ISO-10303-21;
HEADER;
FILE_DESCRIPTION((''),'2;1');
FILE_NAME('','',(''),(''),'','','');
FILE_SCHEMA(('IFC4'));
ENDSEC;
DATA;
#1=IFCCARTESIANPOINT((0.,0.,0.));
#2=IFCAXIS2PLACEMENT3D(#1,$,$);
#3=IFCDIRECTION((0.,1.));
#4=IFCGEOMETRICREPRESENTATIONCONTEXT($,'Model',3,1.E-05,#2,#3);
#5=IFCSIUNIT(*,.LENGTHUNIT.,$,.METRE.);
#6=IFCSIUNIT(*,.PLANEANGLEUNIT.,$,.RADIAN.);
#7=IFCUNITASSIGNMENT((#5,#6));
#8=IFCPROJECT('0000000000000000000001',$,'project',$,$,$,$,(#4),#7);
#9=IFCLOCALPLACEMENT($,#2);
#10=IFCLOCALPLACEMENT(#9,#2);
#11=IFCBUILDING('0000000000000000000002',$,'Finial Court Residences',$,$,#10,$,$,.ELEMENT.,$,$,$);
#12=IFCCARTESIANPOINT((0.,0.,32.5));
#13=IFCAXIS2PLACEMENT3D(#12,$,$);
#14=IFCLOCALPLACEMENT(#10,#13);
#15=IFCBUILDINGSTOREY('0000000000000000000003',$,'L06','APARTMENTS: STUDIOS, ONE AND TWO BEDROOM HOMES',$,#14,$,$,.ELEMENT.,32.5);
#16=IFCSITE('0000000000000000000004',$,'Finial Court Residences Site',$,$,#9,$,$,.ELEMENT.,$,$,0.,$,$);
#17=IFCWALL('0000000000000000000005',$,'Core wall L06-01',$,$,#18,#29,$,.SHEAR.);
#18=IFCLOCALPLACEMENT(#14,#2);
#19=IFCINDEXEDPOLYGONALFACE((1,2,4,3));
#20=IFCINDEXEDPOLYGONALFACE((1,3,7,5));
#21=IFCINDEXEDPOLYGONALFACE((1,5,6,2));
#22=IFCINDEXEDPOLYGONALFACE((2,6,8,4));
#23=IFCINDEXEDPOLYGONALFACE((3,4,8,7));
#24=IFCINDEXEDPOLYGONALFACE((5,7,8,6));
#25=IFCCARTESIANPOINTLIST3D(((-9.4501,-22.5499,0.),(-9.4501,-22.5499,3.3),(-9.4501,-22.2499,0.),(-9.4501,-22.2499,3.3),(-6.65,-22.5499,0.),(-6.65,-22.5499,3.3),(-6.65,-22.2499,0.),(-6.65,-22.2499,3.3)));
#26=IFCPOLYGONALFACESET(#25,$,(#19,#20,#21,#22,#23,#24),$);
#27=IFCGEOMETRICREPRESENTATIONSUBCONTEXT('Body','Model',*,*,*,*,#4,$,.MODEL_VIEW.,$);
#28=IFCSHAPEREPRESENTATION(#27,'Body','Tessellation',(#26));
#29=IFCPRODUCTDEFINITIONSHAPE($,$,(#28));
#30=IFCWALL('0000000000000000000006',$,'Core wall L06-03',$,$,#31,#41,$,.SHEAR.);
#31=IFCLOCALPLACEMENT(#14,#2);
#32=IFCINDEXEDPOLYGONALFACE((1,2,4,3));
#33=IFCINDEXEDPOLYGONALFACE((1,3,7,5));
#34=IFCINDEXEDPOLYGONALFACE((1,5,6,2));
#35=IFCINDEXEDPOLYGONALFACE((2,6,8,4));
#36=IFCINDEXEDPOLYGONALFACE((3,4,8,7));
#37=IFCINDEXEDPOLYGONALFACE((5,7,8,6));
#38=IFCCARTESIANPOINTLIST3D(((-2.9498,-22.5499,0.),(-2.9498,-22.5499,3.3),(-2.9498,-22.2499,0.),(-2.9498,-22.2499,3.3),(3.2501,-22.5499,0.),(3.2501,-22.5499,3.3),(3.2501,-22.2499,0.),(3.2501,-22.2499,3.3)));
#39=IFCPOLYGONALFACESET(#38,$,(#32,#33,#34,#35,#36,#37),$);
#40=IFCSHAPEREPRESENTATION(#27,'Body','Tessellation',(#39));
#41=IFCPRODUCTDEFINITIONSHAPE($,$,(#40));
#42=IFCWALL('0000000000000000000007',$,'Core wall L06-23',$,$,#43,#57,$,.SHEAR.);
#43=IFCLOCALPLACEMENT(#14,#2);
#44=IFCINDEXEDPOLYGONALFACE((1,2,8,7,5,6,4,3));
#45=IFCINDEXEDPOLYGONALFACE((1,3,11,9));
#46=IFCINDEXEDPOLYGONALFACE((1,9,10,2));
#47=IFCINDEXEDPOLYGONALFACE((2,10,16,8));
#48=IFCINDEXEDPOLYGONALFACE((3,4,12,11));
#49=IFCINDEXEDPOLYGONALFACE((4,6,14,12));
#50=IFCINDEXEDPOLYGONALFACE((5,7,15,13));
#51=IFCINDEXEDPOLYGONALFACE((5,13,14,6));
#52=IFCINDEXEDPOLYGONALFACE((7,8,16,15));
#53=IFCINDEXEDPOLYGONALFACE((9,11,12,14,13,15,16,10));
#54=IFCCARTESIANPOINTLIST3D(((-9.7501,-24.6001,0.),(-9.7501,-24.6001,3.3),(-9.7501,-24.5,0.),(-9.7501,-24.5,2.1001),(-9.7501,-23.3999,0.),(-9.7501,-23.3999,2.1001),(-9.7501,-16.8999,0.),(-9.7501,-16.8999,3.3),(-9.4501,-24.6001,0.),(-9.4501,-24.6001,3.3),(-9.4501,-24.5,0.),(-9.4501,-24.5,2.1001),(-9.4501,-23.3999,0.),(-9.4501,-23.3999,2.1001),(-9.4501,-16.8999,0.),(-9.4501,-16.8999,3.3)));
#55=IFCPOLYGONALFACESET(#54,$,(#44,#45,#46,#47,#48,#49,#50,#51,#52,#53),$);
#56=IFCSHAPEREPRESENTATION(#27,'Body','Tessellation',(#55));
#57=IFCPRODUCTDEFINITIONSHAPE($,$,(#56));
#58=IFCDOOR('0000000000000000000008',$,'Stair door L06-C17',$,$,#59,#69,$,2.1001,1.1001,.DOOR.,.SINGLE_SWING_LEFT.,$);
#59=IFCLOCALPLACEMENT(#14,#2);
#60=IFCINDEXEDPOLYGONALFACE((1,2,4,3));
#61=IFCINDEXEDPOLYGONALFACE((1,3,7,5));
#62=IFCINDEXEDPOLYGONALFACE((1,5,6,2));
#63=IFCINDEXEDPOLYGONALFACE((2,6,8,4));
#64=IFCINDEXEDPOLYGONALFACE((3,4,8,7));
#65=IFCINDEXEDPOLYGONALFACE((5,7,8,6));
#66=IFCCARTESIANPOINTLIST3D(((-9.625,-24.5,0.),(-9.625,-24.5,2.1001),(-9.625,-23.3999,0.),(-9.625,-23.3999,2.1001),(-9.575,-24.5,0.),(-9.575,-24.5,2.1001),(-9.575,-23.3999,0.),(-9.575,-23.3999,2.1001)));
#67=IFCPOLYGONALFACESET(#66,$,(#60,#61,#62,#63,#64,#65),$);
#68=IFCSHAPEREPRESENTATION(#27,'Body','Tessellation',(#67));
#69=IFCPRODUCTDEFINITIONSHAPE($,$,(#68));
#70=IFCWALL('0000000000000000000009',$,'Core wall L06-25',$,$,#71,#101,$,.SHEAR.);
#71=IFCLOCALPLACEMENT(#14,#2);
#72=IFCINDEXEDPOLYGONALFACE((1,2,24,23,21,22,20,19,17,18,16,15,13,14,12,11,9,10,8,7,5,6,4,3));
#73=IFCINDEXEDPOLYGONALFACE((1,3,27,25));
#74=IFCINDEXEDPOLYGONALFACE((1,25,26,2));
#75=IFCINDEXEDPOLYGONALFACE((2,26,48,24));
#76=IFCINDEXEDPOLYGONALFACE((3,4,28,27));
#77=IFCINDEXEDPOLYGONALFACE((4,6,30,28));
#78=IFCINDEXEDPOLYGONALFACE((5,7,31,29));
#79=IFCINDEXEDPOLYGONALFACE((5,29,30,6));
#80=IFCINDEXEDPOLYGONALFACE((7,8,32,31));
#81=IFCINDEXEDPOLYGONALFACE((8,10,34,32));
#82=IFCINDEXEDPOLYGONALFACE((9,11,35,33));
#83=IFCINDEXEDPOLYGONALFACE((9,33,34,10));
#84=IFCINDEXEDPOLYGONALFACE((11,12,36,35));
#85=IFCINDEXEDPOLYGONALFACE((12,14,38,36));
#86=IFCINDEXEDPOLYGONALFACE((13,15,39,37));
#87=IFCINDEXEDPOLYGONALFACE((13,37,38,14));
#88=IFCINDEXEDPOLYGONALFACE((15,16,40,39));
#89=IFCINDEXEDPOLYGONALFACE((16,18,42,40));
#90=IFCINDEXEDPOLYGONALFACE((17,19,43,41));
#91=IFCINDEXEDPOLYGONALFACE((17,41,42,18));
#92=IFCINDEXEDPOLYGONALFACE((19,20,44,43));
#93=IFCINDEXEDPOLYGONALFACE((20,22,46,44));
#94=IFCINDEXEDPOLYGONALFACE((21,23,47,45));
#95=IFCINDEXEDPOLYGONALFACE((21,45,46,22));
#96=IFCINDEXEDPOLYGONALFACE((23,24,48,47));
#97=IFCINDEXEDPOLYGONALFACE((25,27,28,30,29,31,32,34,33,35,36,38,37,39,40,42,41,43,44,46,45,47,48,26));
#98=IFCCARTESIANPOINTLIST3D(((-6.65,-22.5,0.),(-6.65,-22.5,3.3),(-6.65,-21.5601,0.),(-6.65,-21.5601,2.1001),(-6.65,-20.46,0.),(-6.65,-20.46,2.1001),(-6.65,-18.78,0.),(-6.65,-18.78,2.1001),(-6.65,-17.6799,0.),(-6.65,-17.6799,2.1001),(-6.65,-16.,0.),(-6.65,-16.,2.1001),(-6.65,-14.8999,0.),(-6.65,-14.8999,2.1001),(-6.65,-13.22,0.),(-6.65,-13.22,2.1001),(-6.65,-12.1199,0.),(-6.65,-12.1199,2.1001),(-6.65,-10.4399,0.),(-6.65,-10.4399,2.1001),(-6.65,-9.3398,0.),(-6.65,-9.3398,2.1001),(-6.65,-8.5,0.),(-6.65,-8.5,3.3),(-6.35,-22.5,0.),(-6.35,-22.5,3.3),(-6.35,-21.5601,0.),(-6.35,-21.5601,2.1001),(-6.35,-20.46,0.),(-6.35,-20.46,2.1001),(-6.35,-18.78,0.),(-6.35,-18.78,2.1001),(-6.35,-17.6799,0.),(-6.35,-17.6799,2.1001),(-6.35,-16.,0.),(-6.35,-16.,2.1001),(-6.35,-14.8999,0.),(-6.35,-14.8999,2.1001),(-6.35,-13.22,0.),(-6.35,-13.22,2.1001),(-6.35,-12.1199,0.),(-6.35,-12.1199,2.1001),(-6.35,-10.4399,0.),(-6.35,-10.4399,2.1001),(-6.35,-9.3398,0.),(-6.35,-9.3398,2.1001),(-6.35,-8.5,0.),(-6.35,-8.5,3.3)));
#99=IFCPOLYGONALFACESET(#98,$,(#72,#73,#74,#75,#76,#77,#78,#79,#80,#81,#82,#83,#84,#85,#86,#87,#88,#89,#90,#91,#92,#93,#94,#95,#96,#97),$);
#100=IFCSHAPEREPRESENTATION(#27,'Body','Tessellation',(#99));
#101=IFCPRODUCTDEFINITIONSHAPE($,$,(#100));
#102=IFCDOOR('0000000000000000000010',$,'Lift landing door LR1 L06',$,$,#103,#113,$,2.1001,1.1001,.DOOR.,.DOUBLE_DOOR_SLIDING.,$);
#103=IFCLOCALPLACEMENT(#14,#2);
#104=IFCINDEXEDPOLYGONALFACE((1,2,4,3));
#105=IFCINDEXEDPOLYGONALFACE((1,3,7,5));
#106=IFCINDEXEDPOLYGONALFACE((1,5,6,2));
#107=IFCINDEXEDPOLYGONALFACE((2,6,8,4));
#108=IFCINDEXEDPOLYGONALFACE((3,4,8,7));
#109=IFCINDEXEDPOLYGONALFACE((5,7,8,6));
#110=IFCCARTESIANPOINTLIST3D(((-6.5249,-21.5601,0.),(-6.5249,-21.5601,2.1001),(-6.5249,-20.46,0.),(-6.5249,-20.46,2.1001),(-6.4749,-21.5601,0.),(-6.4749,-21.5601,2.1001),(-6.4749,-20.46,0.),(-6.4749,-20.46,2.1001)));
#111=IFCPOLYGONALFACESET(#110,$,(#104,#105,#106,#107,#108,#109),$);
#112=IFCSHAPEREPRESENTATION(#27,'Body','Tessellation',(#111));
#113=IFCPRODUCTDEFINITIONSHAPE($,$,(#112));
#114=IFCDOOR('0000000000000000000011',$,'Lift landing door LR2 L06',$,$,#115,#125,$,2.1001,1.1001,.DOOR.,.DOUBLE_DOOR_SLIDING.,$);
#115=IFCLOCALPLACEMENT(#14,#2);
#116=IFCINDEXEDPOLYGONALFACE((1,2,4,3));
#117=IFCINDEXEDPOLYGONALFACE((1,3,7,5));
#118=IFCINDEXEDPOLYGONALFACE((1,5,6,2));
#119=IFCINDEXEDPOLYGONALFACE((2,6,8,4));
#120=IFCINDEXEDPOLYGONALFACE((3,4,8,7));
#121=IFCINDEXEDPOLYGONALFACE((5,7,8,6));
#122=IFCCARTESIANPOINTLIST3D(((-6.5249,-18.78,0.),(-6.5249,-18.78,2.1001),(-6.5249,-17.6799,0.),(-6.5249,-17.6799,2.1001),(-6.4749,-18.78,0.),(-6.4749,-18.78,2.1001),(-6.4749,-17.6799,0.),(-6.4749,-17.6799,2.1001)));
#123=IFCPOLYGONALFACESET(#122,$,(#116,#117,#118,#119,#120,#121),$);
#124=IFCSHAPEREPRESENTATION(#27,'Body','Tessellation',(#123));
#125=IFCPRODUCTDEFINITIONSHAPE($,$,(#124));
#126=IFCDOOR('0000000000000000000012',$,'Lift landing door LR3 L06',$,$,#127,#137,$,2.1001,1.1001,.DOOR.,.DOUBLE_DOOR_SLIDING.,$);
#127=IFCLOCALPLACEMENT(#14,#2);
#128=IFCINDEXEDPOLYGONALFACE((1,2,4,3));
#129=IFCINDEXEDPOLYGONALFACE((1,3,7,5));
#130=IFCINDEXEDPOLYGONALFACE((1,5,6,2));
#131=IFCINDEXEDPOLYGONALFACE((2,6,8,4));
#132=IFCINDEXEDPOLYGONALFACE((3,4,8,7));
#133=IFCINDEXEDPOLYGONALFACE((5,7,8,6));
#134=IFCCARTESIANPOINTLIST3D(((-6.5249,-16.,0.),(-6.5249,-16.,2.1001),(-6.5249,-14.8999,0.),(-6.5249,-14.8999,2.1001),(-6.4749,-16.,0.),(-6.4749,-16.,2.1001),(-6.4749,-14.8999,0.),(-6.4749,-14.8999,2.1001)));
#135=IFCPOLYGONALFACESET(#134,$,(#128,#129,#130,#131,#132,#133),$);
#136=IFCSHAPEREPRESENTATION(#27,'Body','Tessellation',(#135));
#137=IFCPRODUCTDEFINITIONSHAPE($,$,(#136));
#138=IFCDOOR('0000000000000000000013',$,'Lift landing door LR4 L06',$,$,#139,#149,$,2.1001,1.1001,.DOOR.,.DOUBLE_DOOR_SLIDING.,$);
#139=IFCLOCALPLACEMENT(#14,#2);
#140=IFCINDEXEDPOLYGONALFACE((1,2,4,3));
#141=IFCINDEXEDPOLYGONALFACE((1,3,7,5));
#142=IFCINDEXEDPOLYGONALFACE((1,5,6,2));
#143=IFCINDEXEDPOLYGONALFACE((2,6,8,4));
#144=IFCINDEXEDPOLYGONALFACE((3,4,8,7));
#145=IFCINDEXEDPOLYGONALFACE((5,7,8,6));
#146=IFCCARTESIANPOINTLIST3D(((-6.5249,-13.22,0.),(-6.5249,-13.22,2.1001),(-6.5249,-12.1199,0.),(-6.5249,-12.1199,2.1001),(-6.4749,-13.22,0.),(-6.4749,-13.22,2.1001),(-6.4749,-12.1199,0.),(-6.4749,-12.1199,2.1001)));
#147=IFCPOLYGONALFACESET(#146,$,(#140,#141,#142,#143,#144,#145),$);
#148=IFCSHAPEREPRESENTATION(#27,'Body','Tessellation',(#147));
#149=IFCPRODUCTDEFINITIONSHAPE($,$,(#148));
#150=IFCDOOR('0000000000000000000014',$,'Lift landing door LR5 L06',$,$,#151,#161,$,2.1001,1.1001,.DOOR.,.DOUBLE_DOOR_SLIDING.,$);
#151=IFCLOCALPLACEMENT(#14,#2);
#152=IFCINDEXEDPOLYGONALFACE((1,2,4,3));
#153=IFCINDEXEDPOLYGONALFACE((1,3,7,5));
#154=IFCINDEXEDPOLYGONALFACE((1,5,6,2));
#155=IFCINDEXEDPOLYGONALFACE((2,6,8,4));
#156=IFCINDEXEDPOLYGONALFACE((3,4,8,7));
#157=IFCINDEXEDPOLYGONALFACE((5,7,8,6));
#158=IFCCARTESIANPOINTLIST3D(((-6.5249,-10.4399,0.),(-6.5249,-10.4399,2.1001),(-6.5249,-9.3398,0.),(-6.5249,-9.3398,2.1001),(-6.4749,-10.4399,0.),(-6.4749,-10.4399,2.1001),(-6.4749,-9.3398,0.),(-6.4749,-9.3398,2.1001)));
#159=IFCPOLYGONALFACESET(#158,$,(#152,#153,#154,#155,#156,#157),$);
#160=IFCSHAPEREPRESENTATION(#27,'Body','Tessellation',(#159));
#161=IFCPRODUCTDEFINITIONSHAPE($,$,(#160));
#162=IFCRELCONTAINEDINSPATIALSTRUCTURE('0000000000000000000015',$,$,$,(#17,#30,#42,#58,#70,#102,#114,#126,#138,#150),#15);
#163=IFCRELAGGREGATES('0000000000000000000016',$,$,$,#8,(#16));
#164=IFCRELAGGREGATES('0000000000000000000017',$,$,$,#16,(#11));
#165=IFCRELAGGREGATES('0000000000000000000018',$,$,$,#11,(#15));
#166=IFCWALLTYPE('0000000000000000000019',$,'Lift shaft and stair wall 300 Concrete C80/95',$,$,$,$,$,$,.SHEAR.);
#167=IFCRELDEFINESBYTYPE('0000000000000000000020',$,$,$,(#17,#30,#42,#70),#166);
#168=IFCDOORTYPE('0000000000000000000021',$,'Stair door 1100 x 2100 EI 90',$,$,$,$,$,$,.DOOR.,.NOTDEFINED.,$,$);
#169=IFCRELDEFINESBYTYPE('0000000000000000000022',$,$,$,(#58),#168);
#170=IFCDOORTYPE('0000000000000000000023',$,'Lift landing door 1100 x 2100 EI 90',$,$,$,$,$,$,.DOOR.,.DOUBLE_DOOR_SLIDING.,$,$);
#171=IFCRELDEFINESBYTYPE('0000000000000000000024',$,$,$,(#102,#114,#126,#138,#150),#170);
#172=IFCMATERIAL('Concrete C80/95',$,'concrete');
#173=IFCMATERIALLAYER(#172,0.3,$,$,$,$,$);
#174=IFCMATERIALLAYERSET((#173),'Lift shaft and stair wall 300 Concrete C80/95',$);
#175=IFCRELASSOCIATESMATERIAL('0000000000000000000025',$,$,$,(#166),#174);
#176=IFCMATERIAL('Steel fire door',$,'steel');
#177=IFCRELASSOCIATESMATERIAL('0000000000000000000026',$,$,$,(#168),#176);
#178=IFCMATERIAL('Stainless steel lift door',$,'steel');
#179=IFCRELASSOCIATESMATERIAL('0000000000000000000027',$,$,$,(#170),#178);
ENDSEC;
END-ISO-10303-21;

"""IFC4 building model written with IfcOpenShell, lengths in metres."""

from ifc_helpers import new_model, si_unit, direction, frame, frame_2d, origin, place, context, subcontext, project, spatial, rectangle, extrude, material, layer, layer_set, type_object, element, fill, save


model = new_model("IFC4")

# Units and contexts
model_context = context("Model", 3, precision=1e-05, world=origin(), true_north=direction((0.0, 1.0)))
body_context = subcontext(model_context, "Body", "Model", "MODEL_VIEW")
ifc_project = project(units=[si_unit("LENGTHUNIT", "METRE"), si_unit("PLANEANGLEUNIT", "RADIAN")], contexts=[model_context])

# Site, building, storey
site_placement = place(None, origin())
site = spatial("IfcSite", under=ifc_project, at=site_placement, Name="Finial Court Residences Site", CompositionType="ELEMENT", RefElevation=0.0)
building_placement = place(site_placement, origin())
building = spatial("IfcBuilding", under=site, at=building_placement, Name="Finial Court Residences", CompositionType="ELEMENT")
storey_placement = place(building_placement, frame((0.0, 0.0, 32.5)))
storey = spatial("IfcBuildingStorey", under=building, at=storey_placement, Name="L06", Description="APARTMENTS: STUDIOS, ONE AND TWO BEDROOM HOMES", CompositionType="ELEMENT", Elevation=32.5)

# Walls
ifc_material_1 = material(Name="Concrete C80/95", Category="concrete")
ifc_layer_1 = layer(ifc_material_1, 0.3)
ifc_layer_set_1 = layer_set([ifc_layer_1], Name="Lift shaft and stair wall 300 Concrete C80/95")
wall_type_1 = type_object("IfcWallType", Name="Lift shaft and stair wall 300 Concrete C80/95", PredefinedType="SHEAR", material=ifc_layer_set_1)
wall_1_placement = place(storey_placement, frame((-9.45, -22.3999, 0.0), z_axis=(0.0, 0.0, 1.0), x_axis=(1.0, 0.0, 0.0)))
element("IfcWall", 1, at=wall_1_placement, inside=storey, type_object=wall_type_1, Name="Core wall L06-01", PredefinedType="SHEAR", context=body_context, shape_type="SweptSolid", body=[
    extrude(rectangle(XDim=2.8, YDim=0.3, at=frame_2d((1.3999, 0.0))), origin(), (0.0, 0.0, 1.0), 3.3),
])
wall_2_placement = place(storey_placement, frame((-2.95, -22.3999, 0.0), z_axis=(0.0, 0.0, 1.0), x_axis=(1.0, 0.0, 0.0)))
element("IfcWall", 2, at=wall_2_placement, inside=storey, type_object=wall_type_1, Name="Core wall L06-03", PredefinedType="SHEAR", context=body_context, shape_type="SweptSolid", body=[
    extrude(rectangle(XDim=6.2, YDim=0.3, at=frame_2d((3.1001, 0.0))), origin(), (0.0, 0.0, 1.0), 3.3),
])

# Wall, opening, door
wall_3_placement = place(storey_placement, frame((-9.6001, -24.6001, 0.0), z_axis=(0.0, 0.0, 1.0), x_axis=(0.0, 1.0, 0.0)))
wall_3 = element("IfcWall", 3, at=wall_3_placement, inside=storey, type_object=wall_type_1, Name="Core wall L06-23", PredefinedType="SHEAR", context=body_context, shape_type="SweptSolid", body=[
    extrude(rectangle(XDim=7.7002, YDim=0.3, at=frame_2d((3.8501, 0.0))), origin(), (0.0, 0.0, 1.0), 3.3),
])
opening_1_placement = place(wall_3_placement, frame((0.1001, 0.0, 0.0)))
opening_1 = element("IfcOpeningElement", 4, at=opening_1_placement, cuts=wall_3, PredefinedType="OPENING", context=body_context, shape_type="SweptSolid", body=[
    extrude(rectangle(XDim=1.1001, YDim=2.1001, at=frame_2d((0.55, 1.05))), frame((0.0, 0.1599, 0.0), z_axis=(0.0, -1.0, 0.0), x_axis=(1.0, 0.0, 0.0)), (0.0, 0.0, 1.0), 0.3201),
])
ifc_material_2 = material(Name="Steel fire door", Category="steel")
door_type_1 = type_object("IfcDoorType", Name="Stair door 1100 x 2100 EI 90", OperationType="NOTDEFINED", PredefinedType="DOOR", material=ifc_material_2)
door_1_placement = place(opening_1_placement, origin())
door_1 = element("IfcDoor", 5, at=door_1_placement, inside=storey, type_object=door_type_1, Name="Stair door L06-C17", OperationType="SINGLE_SWING_LEFT", OverallHeight=2.1001, OverallWidth=1.1001, PredefinedType="DOOR", context=body_context, shape_type="SweptSolid", body=[
    extrude(rectangle(XDim=1.1001, YDim=2.1001, at=frame_2d((0.55, 1.05))), frame((0.0, 0.0249, 0.0), z_axis=(0.0, -1.0, 0.0), x_axis=(1.0, 0.0, 0.0)), (0.0, 0.0, 1.0), 0.05),
])
fill(opening_1, door_1)

# Wall, openings, doors
wall_4_placement = place(storey_placement, frame((-6.5, -22.5, 0.0), z_axis=(0.0, 0.0, 1.0), x_axis=(0.0, 1.0, 0.0)))
wall_4 = element("IfcWall", 6, at=wall_4_placement, inside=storey, type_object=wall_type_1, Name="Core wall L06-25", PredefinedType="SHEAR", context=body_context, shape_type="SweptSolid", body=[
    extrude(rectangle(XDim=14.0, YDim=0.3, at=frame_2d((7.0, 0.0))), origin(), (0.0, 0.0, 1.0), 3.3),
])
opening_2_placement = place(wall_4_placement, frame((0.9399, 0.0, 0.0)))
opening_2 = element("IfcOpeningElement", 7, at=opening_2_placement, cuts=wall_4, PredefinedType="OPENING", context=body_context, shape_type="SweptSolid", body=[
    extrude(rectangle(XDim=1.1001, YDim=2.1001, at=frame_2d((0.55, 1.05))), frame((0.0, 0.1599, 0.0), z_axis=(0.0, -1.0, 0.0), x_axis=(1.0, 0.0, 0.0)), (0.0, 0.0, 1.0), 0.3201),
])
opening_3_placement = place(wall_4_placement, frame((3.72, 0.0, 0.0)))
opening_3 = element("IfcOpeningElement", 8, at=opening_3_placement, cuts=wall_4, PredefinedType="OPENING", context=body_context, shape_type="SweptSolid", body=[
    extrude(rectangle(XDim=1.1001, YDim=2.1001, at=frame_2d((0.55, 1.05))), frame((0.0, 0.1599, 0.0), z_axis=(0.0, -1.0, 0.0), x_axis=(1.0, 0.0, 0.0)), (0.0, 0.0, 1.0), 0.3201),
])
opening_4_placement = place(wall_4_placement, frame((6.5, 0.0, 0.0)))
opening_4 = element("IfcOpeningElement", 9, at=opening_4_placement, cuts=wall_4, PredefinedType="OPENING", context=body_context, shape_type="SweptSolid", body=[
    extrude(rectangle(XDim=1.1001, YDim=2.1001, at=frame_2d((0.55, 1.05))), frame((0.0, 0.1599, 0.0), z_axis=(0.0, -1.0, 0.0), x_axis=(1.0, 0.0, 0.0)), (0.0, 0.0, 1.0), 0.3201),
])
opening_5_placement = place(wall_4_placement, frame((9.28, 0.0, 0.0)))
opening_5 = element("IfcOpeningElement", 10, at=opening_5_placement, cuts=wall_4, PredefinedType="OPENING", context=body_context, shape_type="SweptSolid", body=[
    extrude(rectangle(XDim=1.1001, YDim=2.1001, at=frame_2d((0.55, 1.05))), frame((0.0, 0.1599, 0.0), z_axis=(0.0, -1.0, 0.0), x_axis=(1.0, 0.0, 0.0)), (0.0, 0.0, 1.0), 0.3201),
])
opening_6_placement = place(wall_4_placement, frame((12.0601, 0.0, 0.0)))
opening_6 = element("IfcOpeningElement", 11, at=opening_6_placement, cuts=wall_4, PredefinedType="OPENING", context=body_context, shape_type="SweptSolid", body=[
    extrude(rectangle(XDim=1.1001, YDim=2.1001, at=frame_2d((0.55, 1.05))), frame((0.0, 0.1599, 0.0), z_axis=(0.0, -1.0, 0.0), x_axis=(1.0, 0.0, 0.0)), (0.0, 0.0, 1.0), 0.3201),
])
ifc_material_3 = material(Name="Stainless steel lift door", Category="steel")
door_type_2 = type_object("IfcDoorType", Name="Lift landing door 1100 x 2100 EI 90", OperationType="DOUBLE_DOOR_SLIDING", PredefinedType="DOOR", material=ifc_material_3)
door_2_placement = place(opening_2_placement, origin())
door_2 = element("IfcDoor", 12, at=door_2_placement, inside=storey, type_object=door_type_2, Name="Lift landing door LR1 L06", OperationType="DOUBLE_DOOR_SLIDING", OverallHeight=2.1001, OverallWidth=1.1001, PredefinedType="DOOR", context=body_context, shape_type="SweptSolid", body=[
    extrude(rectangle(XDim=1.1001, YDim=2.1001, at=frame_2d((0.55, 1.05))), frame((0.0, 0.0249, 0.0), z_axis=(0.0, -1.0, 0.0), x_axis=(1.0, 0.0, 0.0)), (0.0, 0.0, 1.0), 0.05),
])
fill(opening_2, door_2)
door_3_placement = place(opening_3_placement, origin())
door_3 = element("IfcDoor", 13, at=door_3_placement, inside=storey, type_object=door_type_2, Name="Lift landing door LR2 L06", OperationType="DOUBLE_DOOR_SLIDING", OverallHeight=2.1001, OverallWidth=1.1001, PredefinedType="DOOR", context=body_context, shape_type="SweptSolid", body=[
    extrude(rectangle(XDim=1.1001, YDim=2.1001, at=frame_2d((0.55, 1.05))), frame((0.0, 0.0249, 0.0), z_axis=(0.0, -1.0, 0.0), x_axis=(1.0, 0.0, 0.0)), (0.0, 0.0, 1.0), 0.05),
])
fill(opening_3, door_3)
door_4_placement = place(opening_4_placement, origin())
door_4 = element("IfcDoor", 14, at=door_4_placement, inside=storey, type_object=door_type_2, Name="Lift landing door LR3 L06", OperationType="DOUBLE_DOOR_SLIDING", OverallHeight=2.1001, OverallWidth=1.1001, PredefinedType="DOOR", context=body_context, shape_type="SweptSolid", body=[
    extrude(rectangle(XDim=1.1001, YDim=2.1001, at=frame_2d((0.55, 1.05))), frame((0.0, 0.0249, 0.0), z_axis=(0.0, -1.0, 0.0), x_axis=(1.0, 0.0, 0.0)), (0.0, 0.0, 1.0), 0.05),
])
fill(opening_4, door_4)
door_5_placement = place(opening_5_placement, origin())
door_5 = element("IfcDoor", 15, at=door_5_placement, inside=storey, type_object=door_type_2, Name="Lift landing door LR4 L06", OperationType="DOUBLE_DOOR_SLIDING", OverallHeight=2.1001, OverallWidth=1.1001, PredefinedType="DOOR", context=body_context, shape_type="SweptSolid", body=[
    extrude(rectangle(XDim=1.1001, YDim=2.1001, at=frame_2d((0.55, 1.05))), frame((0.0, 0.0249, 0.0), z_axis=(0.0, -1.0, 0.0), x_axis=(1.0, 0.0, 0.0)), (0.0, 0.0, 1.0), 0.05),
])
fill(opening_5, door_5)
door_6_placement = place(opening_6_placement, origin())
door_6 = element("IfcDoor", 16, at=door_6_placement, inside=storey, type_object=door_type_2, Name="Lift landing door LR5 L06", OperationType="DOUBLE_DOOR_SLIDING", OverallHeight=2.1001, OverallWidth=1.1001, PredefinedType="DOOR", context=body_context, shape_type="SweptSolid", body=[
    extrude(rectangle(XDim=1.1001, YDim=2.1001, at=frame_2d((0.55, 1.05))), frame((0.0, 0.0249, 0.0), z_axis=(0.0, -1.0, 0.0), x_axis=(1.0, 0.0, 0.0)), (0.0, 0.0, 1.0), 0.05),
])
fill(opening_6, door_6)

save(model, "model.ifc")
